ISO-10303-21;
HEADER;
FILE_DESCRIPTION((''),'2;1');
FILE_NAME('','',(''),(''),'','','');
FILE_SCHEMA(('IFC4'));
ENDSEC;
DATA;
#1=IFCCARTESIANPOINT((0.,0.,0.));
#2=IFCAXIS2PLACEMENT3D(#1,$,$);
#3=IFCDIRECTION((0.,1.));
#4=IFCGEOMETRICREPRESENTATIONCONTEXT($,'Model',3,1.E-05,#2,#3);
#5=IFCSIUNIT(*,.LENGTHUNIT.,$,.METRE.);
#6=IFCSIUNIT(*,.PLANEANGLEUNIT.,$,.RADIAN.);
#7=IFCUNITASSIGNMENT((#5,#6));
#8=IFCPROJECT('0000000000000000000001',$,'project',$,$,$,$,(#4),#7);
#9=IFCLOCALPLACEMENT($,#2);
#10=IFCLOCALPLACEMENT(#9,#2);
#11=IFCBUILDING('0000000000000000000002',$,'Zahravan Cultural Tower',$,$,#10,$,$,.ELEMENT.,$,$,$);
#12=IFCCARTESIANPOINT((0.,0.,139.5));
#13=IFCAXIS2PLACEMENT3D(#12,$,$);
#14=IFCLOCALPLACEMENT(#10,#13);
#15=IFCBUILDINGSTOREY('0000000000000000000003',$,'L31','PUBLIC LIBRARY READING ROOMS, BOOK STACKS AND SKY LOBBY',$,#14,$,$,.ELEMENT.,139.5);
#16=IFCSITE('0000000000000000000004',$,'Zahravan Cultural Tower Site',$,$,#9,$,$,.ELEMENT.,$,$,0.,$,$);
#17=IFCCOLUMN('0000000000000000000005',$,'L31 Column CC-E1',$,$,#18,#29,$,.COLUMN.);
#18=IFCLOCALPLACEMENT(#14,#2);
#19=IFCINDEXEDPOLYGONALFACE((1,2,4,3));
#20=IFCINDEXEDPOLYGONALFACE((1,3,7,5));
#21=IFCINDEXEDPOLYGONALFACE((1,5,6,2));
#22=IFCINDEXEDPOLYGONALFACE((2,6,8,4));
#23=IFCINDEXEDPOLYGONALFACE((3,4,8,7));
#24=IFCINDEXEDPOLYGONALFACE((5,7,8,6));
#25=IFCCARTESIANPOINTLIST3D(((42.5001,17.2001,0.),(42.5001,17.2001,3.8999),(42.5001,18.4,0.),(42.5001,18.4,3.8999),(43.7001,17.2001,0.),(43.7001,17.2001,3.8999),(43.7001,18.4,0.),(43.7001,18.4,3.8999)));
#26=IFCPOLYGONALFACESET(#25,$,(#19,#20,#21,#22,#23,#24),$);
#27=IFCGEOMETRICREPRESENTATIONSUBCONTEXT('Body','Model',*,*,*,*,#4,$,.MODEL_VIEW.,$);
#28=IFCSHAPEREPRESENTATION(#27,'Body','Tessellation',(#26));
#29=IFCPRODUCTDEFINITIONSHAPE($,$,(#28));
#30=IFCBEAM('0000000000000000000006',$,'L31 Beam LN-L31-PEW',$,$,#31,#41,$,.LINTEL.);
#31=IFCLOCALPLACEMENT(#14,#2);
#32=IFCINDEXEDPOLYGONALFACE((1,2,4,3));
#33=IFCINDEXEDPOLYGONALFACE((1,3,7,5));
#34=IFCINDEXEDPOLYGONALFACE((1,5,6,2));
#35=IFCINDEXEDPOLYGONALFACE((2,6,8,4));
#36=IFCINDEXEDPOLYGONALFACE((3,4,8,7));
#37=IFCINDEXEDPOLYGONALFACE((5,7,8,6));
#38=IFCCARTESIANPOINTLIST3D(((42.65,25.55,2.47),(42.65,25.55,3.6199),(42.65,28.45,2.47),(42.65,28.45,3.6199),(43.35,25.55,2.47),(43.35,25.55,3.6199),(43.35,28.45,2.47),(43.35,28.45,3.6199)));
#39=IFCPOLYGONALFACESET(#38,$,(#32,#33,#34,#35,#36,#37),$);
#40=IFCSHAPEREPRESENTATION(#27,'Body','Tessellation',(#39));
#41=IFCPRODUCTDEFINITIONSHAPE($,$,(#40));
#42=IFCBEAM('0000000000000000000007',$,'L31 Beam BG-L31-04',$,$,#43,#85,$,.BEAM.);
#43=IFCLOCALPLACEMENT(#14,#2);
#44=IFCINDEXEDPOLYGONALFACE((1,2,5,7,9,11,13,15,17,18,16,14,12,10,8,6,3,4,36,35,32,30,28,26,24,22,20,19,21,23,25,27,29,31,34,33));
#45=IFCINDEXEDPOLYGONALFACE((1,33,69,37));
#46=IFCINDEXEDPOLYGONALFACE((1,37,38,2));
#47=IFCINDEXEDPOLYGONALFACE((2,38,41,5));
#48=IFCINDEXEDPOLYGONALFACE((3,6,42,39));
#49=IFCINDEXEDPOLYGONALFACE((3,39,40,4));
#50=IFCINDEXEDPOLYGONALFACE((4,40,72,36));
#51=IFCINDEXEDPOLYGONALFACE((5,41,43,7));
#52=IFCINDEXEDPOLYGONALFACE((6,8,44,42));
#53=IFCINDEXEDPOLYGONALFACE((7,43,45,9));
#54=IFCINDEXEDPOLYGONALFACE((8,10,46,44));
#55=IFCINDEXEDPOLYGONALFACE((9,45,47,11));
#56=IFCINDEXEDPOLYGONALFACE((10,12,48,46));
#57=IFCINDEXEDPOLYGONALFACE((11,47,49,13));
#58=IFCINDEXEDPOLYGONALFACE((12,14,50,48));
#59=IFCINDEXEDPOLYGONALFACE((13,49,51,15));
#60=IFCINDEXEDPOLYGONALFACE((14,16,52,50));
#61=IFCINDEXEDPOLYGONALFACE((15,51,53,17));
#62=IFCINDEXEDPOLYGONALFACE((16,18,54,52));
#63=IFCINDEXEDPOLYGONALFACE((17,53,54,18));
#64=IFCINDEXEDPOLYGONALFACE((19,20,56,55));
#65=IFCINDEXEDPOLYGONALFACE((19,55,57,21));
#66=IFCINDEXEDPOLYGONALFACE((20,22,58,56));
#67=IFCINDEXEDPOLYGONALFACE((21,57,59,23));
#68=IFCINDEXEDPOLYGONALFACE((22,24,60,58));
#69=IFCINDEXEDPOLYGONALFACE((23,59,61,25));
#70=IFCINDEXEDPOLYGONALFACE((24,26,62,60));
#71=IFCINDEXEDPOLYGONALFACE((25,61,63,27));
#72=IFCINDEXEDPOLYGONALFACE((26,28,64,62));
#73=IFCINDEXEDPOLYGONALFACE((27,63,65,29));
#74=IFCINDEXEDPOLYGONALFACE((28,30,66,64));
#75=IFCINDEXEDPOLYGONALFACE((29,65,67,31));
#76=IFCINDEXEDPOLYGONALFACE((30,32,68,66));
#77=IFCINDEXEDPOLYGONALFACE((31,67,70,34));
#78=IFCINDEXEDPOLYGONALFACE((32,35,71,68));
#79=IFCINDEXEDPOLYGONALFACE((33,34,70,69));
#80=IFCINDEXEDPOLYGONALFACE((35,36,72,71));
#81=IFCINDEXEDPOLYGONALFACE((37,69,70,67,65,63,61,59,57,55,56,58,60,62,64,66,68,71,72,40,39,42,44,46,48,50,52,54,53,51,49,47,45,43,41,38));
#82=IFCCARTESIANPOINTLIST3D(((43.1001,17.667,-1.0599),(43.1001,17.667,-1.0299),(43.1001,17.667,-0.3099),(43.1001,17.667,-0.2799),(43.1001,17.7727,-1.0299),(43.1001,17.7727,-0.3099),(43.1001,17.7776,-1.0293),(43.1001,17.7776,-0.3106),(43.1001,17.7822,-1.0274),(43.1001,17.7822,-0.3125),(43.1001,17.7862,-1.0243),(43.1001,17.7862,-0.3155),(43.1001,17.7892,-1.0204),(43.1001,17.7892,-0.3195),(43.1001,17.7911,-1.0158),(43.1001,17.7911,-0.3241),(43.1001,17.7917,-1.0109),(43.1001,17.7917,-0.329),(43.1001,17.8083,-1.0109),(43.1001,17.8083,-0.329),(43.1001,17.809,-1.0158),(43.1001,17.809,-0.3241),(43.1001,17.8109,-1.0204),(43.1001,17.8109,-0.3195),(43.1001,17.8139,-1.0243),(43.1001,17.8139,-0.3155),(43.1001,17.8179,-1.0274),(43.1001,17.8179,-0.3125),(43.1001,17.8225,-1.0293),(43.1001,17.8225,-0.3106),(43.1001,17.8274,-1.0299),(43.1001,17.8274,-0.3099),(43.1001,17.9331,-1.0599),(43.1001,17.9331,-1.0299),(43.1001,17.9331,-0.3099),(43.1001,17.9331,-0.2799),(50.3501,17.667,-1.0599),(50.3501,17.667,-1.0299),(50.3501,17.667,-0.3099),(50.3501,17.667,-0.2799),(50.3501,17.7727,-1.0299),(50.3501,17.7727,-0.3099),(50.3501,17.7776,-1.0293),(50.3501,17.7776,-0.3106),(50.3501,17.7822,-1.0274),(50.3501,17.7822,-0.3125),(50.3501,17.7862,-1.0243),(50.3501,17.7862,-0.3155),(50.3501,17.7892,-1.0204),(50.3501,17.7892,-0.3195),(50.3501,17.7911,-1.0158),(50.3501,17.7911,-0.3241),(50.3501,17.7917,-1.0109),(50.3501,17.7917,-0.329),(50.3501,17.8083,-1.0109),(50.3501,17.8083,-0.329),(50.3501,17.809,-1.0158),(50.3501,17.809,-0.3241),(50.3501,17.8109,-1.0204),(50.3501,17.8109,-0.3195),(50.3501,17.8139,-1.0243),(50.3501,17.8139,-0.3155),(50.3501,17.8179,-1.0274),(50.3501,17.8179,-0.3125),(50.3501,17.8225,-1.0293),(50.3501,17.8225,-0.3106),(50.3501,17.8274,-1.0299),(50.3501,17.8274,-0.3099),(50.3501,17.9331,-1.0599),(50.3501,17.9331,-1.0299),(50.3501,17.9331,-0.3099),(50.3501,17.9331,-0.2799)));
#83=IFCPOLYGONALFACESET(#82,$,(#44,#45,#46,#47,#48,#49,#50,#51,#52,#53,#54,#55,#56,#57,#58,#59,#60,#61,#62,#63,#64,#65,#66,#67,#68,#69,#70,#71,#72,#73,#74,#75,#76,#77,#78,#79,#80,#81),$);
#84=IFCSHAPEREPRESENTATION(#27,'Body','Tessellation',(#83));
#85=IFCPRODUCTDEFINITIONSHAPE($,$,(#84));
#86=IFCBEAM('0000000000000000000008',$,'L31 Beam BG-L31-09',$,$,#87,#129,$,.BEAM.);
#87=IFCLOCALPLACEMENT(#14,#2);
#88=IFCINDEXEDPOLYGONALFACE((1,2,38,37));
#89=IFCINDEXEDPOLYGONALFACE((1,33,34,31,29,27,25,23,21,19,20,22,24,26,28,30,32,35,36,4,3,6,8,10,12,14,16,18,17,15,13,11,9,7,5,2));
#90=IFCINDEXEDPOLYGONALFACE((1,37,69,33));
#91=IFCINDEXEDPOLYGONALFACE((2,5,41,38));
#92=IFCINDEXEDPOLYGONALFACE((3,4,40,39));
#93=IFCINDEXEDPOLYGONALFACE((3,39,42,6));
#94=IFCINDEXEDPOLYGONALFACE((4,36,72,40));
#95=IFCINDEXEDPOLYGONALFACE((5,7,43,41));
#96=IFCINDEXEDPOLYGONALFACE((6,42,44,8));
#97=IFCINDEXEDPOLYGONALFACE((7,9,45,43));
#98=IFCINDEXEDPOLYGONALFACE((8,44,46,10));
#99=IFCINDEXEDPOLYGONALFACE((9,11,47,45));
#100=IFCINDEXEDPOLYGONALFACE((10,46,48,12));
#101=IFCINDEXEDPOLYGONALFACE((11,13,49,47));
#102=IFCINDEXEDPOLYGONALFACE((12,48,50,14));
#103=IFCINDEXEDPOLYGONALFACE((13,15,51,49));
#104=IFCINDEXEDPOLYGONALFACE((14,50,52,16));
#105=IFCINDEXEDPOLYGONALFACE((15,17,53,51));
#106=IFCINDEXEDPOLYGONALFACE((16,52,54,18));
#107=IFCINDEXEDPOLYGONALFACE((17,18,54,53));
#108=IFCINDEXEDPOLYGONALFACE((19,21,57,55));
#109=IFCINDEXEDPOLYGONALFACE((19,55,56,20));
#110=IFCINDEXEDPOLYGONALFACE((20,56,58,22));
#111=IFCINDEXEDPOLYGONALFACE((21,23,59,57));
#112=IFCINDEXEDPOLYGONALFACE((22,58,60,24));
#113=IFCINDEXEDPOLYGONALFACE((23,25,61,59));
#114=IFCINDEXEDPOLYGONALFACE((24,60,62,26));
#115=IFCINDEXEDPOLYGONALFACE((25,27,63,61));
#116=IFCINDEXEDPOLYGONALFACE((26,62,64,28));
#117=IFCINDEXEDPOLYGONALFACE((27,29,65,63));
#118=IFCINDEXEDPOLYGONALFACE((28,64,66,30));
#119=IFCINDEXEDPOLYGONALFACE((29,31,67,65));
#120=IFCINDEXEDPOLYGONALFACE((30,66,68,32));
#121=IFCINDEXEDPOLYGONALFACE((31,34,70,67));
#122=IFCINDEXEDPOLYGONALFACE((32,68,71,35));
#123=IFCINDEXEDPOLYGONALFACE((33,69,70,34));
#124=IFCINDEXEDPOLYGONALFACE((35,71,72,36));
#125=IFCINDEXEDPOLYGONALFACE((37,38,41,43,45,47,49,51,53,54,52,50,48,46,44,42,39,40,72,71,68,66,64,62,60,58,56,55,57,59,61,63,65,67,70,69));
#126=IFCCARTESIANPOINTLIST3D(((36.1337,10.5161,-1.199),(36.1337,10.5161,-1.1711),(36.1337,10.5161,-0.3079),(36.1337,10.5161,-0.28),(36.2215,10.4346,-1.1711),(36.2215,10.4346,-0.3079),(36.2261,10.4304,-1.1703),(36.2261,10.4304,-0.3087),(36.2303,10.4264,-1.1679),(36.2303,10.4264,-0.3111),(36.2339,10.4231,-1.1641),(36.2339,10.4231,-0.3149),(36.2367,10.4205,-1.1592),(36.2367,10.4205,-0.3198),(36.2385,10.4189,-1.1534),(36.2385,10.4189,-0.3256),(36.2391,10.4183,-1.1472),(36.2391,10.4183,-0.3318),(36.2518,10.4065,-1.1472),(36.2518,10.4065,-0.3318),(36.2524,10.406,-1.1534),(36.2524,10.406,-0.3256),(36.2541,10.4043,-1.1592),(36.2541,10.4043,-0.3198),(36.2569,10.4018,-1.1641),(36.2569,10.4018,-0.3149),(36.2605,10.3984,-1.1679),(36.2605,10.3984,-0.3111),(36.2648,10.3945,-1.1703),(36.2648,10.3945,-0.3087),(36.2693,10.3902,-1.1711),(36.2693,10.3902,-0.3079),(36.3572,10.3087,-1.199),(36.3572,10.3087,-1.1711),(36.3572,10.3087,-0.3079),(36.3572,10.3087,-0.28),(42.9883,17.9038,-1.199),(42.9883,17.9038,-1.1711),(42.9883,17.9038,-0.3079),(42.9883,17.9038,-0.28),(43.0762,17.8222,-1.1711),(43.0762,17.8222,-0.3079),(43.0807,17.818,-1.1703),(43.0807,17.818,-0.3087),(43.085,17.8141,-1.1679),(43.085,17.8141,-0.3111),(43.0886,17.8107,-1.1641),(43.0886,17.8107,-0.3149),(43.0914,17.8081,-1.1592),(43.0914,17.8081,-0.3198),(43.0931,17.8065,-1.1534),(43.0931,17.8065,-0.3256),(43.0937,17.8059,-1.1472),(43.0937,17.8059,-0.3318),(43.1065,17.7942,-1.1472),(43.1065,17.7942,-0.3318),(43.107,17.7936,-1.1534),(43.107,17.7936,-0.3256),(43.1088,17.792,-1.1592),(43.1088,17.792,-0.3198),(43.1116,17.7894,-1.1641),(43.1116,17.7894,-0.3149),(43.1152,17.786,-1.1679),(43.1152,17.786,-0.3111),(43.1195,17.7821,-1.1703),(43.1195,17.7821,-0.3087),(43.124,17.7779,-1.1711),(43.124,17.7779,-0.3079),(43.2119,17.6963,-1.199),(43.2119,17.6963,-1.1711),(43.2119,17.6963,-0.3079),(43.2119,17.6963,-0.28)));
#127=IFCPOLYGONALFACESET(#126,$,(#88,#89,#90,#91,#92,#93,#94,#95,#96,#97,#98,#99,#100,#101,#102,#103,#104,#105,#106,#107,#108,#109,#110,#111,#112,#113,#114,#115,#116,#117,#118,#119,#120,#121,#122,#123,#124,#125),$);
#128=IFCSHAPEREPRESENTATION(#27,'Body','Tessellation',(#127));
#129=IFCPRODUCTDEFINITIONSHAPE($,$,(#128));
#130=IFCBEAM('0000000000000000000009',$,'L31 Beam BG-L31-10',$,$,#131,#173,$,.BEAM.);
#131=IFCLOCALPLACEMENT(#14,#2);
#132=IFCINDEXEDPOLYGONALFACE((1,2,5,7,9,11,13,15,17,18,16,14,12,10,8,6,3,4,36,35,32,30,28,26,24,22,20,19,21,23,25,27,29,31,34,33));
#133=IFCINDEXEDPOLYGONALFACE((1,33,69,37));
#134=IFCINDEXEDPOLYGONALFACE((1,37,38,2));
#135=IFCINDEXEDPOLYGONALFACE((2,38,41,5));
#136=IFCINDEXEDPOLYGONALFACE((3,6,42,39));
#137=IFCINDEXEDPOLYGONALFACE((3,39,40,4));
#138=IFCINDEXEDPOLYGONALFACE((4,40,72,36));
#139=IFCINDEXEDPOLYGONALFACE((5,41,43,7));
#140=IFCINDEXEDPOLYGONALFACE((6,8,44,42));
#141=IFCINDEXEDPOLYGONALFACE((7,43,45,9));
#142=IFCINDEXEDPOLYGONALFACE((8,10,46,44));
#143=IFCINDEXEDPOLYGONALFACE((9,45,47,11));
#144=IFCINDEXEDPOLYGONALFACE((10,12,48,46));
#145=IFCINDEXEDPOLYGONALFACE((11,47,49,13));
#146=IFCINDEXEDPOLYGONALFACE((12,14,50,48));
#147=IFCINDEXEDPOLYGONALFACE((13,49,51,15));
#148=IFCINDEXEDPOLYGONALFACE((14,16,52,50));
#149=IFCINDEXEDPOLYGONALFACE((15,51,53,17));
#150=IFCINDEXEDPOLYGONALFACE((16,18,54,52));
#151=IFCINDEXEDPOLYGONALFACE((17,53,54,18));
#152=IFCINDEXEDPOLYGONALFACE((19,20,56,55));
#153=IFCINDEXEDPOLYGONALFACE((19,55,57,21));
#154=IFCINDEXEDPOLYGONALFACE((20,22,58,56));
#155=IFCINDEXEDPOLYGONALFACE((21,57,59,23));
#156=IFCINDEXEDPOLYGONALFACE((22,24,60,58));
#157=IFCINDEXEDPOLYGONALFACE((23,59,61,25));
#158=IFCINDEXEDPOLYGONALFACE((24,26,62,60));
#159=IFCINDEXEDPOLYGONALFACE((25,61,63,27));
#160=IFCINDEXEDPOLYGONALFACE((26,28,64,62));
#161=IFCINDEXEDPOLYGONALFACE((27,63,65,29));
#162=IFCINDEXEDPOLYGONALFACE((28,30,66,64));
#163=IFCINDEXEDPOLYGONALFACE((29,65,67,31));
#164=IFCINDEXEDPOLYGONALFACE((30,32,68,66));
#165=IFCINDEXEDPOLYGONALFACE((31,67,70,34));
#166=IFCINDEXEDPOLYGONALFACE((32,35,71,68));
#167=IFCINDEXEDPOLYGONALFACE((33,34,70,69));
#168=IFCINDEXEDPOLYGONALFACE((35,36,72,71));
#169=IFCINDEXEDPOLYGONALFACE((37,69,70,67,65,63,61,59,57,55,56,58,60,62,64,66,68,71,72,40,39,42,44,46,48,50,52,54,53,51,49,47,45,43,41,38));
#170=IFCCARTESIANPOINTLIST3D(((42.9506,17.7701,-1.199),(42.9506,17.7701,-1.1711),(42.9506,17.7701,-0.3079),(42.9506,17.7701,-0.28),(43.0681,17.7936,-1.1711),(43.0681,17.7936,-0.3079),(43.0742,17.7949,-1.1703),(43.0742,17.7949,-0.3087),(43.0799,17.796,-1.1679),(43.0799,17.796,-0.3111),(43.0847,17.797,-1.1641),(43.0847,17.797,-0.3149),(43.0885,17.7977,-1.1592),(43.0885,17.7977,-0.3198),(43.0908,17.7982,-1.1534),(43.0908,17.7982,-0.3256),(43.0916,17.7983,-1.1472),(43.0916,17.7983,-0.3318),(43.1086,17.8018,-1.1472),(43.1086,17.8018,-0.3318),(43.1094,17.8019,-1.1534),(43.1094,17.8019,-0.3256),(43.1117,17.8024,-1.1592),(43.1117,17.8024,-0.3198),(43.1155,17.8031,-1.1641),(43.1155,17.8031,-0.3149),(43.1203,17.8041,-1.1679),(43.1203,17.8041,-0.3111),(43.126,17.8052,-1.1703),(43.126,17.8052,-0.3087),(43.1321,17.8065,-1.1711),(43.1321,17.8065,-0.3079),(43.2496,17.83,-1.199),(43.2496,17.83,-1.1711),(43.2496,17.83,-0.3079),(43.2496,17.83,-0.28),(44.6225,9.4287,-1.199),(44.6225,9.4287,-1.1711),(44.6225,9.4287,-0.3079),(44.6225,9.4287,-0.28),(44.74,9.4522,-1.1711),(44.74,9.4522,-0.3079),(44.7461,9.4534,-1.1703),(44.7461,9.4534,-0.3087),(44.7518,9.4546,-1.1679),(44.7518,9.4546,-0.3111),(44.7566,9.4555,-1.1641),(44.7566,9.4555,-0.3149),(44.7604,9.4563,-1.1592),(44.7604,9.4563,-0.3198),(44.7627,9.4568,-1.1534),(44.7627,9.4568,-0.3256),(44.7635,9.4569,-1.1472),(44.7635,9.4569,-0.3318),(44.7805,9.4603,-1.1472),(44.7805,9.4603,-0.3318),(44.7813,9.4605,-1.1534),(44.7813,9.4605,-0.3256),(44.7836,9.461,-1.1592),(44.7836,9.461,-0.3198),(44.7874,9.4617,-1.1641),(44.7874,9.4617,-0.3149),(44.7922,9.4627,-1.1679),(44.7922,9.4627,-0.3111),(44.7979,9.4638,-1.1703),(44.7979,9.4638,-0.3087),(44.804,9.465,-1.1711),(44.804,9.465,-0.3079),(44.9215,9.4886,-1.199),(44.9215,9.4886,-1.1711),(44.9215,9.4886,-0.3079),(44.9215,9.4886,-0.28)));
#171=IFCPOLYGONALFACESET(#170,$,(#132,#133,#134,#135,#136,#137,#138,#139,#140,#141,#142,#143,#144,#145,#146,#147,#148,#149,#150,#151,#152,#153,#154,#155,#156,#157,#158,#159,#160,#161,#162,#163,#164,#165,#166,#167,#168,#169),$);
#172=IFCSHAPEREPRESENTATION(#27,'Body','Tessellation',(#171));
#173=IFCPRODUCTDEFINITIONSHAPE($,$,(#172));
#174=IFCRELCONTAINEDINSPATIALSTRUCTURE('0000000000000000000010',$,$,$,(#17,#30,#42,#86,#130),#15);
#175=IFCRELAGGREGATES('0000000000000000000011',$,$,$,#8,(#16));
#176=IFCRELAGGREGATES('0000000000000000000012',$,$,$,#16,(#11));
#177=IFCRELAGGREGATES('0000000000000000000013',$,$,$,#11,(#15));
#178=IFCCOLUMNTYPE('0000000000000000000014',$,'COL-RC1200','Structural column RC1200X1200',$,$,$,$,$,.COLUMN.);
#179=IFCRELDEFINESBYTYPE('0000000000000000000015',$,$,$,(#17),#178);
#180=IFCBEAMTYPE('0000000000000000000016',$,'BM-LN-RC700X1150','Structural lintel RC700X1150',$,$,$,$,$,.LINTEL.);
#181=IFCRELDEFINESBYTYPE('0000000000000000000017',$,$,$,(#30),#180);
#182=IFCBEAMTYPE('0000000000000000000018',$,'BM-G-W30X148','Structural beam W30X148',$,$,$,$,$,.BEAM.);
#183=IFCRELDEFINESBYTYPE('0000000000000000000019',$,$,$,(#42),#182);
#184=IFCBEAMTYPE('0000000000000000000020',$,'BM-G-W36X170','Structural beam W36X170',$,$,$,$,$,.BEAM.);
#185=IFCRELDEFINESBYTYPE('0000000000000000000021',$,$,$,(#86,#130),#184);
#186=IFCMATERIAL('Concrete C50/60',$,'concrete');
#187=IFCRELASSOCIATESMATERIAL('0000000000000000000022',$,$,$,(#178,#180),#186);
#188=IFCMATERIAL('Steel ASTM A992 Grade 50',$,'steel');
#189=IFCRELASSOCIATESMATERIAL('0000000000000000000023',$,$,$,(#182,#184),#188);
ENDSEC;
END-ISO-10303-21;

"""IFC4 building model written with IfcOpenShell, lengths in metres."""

from ifc_helpers import new_model, si_unit, direction, frame, origin, origin_2d, place, context, subcontext, project, spatial, rectangle, i_section, extrude, source, transform, mapped, material, material_profile, profile_set, type_object, element, save


model = new_model("IFC4")

# Units and contexts
model_context = context("Model", 3, precision=1e-05, world=origin(), true_north=direction((0.0, 1.0)))
body_context = subcontext(model_context, "Body", "Model", "MODEL_VIEW")
ifc_project = project(units=[si_unit("LENGTHUNIT", "METRE"), si_unit("PLANEANGLEUNIT", "RADIAN")], contexts=[model_context])

# Site, building, storey
site_placement = place(None, origin())
site = spatial("IfcSite", under=ifc_project, at=site_placement, Name="Zahravan Cultural Tower Site", CompositionType="ELEMENT", RefElevation=0.0)
building_placement = place(site_placement, origin())
building = spatial("IfcBuilding", under=site, at=building_placement, Name="Zahravan Cultural Tower", CompositionType="ELEMENT")
storey_placement = place(building_placement, frame((0.0, 0.0, 139.5)))
storey = spatial("IfcBuildingStorey", under=building, at=storey_placement, Name="L31", Description="PUBLIC LIBRARY READING ROOMS, BOOK STACKS AND SKY LOBBY", CompositionType="ELEMENT", Elevation=139.5)

# Column
ifc_material_1 = material(Name="Concrete C50/60", Category="concrete")
ifc_material_profile_1 = material_profile(ifc_material_1, rectangle(XDim=1.2, YDim=1.2, at=origin_2d()), Name="RC1200X1200")
ifc_profile_set_1 = profile_set([ifc_material_profile_1], Name="Concrete C50/60")
column_type = type_object("IfcColumnType", Name="COL-RC1200", Description="Structural column RC1200X1200", PredefinedType="COLUMN", material=ifc_profile_set_1)
shared_shape_1 = source(origin(), body_context, "Body", "SweptSolid", [
    extrude(rectangle(XDim=1.2, YDim=1.2, at=origin_2d()), origin(), (0.0, 0.0, 1.0), 3.8999),
])
column_placement = place(storey_placement, frame((43.1001, 17.8, 0.0), z_axis=(0.0, 0.0, 1.0), x_axis=(1.0, 0.0, 0.0)))
element("IfcColumn", 1, at=column_placement, inside=storey, type_object=column_type, Name="L31 Column CC-E1", PredefinedType="COLUMN", context=body_context, shape_type="MappedRepresentation", body=[
    mapped(shared_shape_1, transform((0.0, 0.0, 0.0), x_axis=(1.0, 0.0, 0.0), y_axis=(0.0, 1.0, 0.0), z_axis=(0.0, 0.0, 1.0), scale=1.0)),
])

# Beams
ifc_material_profile_2 = material_profile(ifc_material_1, rectangle(XDim=0.7, YDim=1.1499, at=origin_2d()), Name="RC700X1150")
ifc_profile_set_2 = profile_set([ifc_material_profile_2], Name="Concrete C50/60")
beam_type_1 = type_object("IfcBeamType", Name="BM-LN-RC700X1150", Description="Structural lintel RC700X1150", PredefinedType="LINTEL", material=ifc_profile_set_2)
shared_shape_2 = source(origin(), body_context, "Body", "SweptSolid", [
    extrude(rectangle(XDim=0.7, YDim=1.1499, at=origin_2d()), origin(), (0.0, 0.0, 1.0), 2.8999),
])
beam_1_placement = place(storey_placement, frame((43.0, 25.55, 3.0449), z_axis=(0.0, 1.0, 0.0), x_axis=(-1.0, 0.0, 0.0)))
element("IfcBeam", 2, at=beam_1_placement, inside=storey, type_object=beam_type_1, Name="L31 Beam LN-L31-PEW", PredefinedType="LINTEL", context=body_context, shape_type="MappedRepresentation", body=[
    mapped(shared_shape_2, transform((0.0, 0.0, 0.0), x_axis=(1.0, 0.0, 0.0), y_axis=(0.0, 1.0, 0.0), z_axis=(0.0, 0.0, 1.0), scale=1.0)),
])
ifc_material_2 = material(Name="Steel ASTM A992 Grade 50", Category="steel")
ifc_material_profile_3 = material_profile(ifc_material_2, i_section(OverallWidth=0.2661, OverallDepth=0.78, WebThickness=0.0166, FlangeThickness=0.03, FilletRadius=0.019, at=origin_2d()), Name="W30X148")
ifc_profile_set_3 = profile_set([ifc_material_profile_3], Name="Steel ASTM A992 Grade 50")
beam_type_2 = type_object("IfcBeamType", Name="BM-G-W30X148", Description="Structural beam W30X148", PredefinedType="BEAM", material=ifc_profile_set_3)
shared_shape_3 = source(origin(), body_context, "Body", "SweptSolid", [
    extrude(i_section(OverallWidth=0.2661, OverallDepth=0.78, WebThickness=0.0166, FlangeThickness=0.03, FilletRadius=0.019, at=origin_2d()), origin(), (0.0, 0.0, 1.0), 7.25),
])
beam_2_placement = place(storey_placement, frame((43.1001, 17.8, -0.6699), z_axis=(1.0, 0.0, 0.0), x_axis=(0.0, 1.0, 0.0)))
element("IfcBeam", 3, at=beam_2_placement, inside=storey, type_object=beam_type_2, Name="L31 Beam BG-L31-04", PredefinedType="BEAM", context=body_context, shape_type="MappedRepresentation", body=[
    mapped(shared_shape_3, transform((0.0, 0.0, 0.0), x_axis=(1.0, 0.0, 0.0), y_axis=(0.0, 1.0, 0.0), z_axis=(0.0, 0.0, 1.0), scale=1.0)),
])
ifc_material_profile_4 = material_profile(ifc_material_2, i_section(OverallWidth=0.3049, OverallDepth=0.9189, WebThickness=0.0173, FlangeThickness=0.0278, FilletRadius=0.0239, at=origin_2d()), Name="W36X170")
ifc_profile_set_4 = profile_set([ifc_material_profile_4], Name="Steel ASTM A992 Grade 50")
beam_type_3 = type_object("IfcBeamType", Name="BM-G-W36X170", Description="Structural beam W36X170", PredefinedType="BEAM", material=ifc_profile_set_4)
shared_shape_4 = source(origin(), body_context, "Body", "SweptSolid", [
    extrude(i_section(OverallWidth=0.3049, OverallDepth=0.9189, WebThickness=0.0173, FlangeThickness=0.0278, FilletRadius=0.0239, at=origin_2d()), origin(), (0.0, 0.0, 1.0), 10.0779),
])
beam_3_placement = place(storey_placement, frame((43.1001, 17.8, -0.7395), z_axis=(-0.68017, -0.733054, 0.0), x_axis=(0.733054, -0.68017, 0.0)))
element("IfcBeam", 4, at=beam_3_placement, inside=storey, type_object=beam_type_3, Name="L31 Beam BG-L31-09", PredefinedType="BEAM", context=body_context, shape_type="MappedRepresentation", body=[
    mapped(shared_shape_4, transform((0.0, 0.0, 0.0), x_axis=(1.0, 0.0, 0.0), y_axis=(0.0, 1.0, 0.0), z_axis=(0.0, 0.0, 1.0), scale=1.0)),
])
shared_shape_5 = source(origin(), body_context, "Body", "SweptSolid", [
    extrude(i_section(OverallWidth=0.3049, OverallDepth=0.9189, WebThickness=0.0173, FlangeThickness=0.0278, FilletRadius=0.0239, at=origin_2d()), origin(), (0.0, 0.0, 1.0), 8.5073),
])
beam_4_placement = place(storey_placement, frame((43.1001, 17.8, -0.7395), z_axis=(0.196525, -0.980499, 0.0), x_axis=(0.980499, 0.196525, 0.0)))
element("IfcBeam", 5, at=beam_4_placement, inside=storey, type_object=beam_type_3, Name="L31 Beam BG-L31-10", PredefinedType="BEAM", context=body_context, shape_type="MappedRepresentation", body=[
    mapped(shared_shape_5, transform((0.0, 0.0, 0.0), x_axis=(1.0, 0.0, 0.0), y_axis=(0.0, 1.0, 0.0), z_axis=(0.0, 0.0, 1.0), scale=1.0)),
])

save(model, "model.ifc")
